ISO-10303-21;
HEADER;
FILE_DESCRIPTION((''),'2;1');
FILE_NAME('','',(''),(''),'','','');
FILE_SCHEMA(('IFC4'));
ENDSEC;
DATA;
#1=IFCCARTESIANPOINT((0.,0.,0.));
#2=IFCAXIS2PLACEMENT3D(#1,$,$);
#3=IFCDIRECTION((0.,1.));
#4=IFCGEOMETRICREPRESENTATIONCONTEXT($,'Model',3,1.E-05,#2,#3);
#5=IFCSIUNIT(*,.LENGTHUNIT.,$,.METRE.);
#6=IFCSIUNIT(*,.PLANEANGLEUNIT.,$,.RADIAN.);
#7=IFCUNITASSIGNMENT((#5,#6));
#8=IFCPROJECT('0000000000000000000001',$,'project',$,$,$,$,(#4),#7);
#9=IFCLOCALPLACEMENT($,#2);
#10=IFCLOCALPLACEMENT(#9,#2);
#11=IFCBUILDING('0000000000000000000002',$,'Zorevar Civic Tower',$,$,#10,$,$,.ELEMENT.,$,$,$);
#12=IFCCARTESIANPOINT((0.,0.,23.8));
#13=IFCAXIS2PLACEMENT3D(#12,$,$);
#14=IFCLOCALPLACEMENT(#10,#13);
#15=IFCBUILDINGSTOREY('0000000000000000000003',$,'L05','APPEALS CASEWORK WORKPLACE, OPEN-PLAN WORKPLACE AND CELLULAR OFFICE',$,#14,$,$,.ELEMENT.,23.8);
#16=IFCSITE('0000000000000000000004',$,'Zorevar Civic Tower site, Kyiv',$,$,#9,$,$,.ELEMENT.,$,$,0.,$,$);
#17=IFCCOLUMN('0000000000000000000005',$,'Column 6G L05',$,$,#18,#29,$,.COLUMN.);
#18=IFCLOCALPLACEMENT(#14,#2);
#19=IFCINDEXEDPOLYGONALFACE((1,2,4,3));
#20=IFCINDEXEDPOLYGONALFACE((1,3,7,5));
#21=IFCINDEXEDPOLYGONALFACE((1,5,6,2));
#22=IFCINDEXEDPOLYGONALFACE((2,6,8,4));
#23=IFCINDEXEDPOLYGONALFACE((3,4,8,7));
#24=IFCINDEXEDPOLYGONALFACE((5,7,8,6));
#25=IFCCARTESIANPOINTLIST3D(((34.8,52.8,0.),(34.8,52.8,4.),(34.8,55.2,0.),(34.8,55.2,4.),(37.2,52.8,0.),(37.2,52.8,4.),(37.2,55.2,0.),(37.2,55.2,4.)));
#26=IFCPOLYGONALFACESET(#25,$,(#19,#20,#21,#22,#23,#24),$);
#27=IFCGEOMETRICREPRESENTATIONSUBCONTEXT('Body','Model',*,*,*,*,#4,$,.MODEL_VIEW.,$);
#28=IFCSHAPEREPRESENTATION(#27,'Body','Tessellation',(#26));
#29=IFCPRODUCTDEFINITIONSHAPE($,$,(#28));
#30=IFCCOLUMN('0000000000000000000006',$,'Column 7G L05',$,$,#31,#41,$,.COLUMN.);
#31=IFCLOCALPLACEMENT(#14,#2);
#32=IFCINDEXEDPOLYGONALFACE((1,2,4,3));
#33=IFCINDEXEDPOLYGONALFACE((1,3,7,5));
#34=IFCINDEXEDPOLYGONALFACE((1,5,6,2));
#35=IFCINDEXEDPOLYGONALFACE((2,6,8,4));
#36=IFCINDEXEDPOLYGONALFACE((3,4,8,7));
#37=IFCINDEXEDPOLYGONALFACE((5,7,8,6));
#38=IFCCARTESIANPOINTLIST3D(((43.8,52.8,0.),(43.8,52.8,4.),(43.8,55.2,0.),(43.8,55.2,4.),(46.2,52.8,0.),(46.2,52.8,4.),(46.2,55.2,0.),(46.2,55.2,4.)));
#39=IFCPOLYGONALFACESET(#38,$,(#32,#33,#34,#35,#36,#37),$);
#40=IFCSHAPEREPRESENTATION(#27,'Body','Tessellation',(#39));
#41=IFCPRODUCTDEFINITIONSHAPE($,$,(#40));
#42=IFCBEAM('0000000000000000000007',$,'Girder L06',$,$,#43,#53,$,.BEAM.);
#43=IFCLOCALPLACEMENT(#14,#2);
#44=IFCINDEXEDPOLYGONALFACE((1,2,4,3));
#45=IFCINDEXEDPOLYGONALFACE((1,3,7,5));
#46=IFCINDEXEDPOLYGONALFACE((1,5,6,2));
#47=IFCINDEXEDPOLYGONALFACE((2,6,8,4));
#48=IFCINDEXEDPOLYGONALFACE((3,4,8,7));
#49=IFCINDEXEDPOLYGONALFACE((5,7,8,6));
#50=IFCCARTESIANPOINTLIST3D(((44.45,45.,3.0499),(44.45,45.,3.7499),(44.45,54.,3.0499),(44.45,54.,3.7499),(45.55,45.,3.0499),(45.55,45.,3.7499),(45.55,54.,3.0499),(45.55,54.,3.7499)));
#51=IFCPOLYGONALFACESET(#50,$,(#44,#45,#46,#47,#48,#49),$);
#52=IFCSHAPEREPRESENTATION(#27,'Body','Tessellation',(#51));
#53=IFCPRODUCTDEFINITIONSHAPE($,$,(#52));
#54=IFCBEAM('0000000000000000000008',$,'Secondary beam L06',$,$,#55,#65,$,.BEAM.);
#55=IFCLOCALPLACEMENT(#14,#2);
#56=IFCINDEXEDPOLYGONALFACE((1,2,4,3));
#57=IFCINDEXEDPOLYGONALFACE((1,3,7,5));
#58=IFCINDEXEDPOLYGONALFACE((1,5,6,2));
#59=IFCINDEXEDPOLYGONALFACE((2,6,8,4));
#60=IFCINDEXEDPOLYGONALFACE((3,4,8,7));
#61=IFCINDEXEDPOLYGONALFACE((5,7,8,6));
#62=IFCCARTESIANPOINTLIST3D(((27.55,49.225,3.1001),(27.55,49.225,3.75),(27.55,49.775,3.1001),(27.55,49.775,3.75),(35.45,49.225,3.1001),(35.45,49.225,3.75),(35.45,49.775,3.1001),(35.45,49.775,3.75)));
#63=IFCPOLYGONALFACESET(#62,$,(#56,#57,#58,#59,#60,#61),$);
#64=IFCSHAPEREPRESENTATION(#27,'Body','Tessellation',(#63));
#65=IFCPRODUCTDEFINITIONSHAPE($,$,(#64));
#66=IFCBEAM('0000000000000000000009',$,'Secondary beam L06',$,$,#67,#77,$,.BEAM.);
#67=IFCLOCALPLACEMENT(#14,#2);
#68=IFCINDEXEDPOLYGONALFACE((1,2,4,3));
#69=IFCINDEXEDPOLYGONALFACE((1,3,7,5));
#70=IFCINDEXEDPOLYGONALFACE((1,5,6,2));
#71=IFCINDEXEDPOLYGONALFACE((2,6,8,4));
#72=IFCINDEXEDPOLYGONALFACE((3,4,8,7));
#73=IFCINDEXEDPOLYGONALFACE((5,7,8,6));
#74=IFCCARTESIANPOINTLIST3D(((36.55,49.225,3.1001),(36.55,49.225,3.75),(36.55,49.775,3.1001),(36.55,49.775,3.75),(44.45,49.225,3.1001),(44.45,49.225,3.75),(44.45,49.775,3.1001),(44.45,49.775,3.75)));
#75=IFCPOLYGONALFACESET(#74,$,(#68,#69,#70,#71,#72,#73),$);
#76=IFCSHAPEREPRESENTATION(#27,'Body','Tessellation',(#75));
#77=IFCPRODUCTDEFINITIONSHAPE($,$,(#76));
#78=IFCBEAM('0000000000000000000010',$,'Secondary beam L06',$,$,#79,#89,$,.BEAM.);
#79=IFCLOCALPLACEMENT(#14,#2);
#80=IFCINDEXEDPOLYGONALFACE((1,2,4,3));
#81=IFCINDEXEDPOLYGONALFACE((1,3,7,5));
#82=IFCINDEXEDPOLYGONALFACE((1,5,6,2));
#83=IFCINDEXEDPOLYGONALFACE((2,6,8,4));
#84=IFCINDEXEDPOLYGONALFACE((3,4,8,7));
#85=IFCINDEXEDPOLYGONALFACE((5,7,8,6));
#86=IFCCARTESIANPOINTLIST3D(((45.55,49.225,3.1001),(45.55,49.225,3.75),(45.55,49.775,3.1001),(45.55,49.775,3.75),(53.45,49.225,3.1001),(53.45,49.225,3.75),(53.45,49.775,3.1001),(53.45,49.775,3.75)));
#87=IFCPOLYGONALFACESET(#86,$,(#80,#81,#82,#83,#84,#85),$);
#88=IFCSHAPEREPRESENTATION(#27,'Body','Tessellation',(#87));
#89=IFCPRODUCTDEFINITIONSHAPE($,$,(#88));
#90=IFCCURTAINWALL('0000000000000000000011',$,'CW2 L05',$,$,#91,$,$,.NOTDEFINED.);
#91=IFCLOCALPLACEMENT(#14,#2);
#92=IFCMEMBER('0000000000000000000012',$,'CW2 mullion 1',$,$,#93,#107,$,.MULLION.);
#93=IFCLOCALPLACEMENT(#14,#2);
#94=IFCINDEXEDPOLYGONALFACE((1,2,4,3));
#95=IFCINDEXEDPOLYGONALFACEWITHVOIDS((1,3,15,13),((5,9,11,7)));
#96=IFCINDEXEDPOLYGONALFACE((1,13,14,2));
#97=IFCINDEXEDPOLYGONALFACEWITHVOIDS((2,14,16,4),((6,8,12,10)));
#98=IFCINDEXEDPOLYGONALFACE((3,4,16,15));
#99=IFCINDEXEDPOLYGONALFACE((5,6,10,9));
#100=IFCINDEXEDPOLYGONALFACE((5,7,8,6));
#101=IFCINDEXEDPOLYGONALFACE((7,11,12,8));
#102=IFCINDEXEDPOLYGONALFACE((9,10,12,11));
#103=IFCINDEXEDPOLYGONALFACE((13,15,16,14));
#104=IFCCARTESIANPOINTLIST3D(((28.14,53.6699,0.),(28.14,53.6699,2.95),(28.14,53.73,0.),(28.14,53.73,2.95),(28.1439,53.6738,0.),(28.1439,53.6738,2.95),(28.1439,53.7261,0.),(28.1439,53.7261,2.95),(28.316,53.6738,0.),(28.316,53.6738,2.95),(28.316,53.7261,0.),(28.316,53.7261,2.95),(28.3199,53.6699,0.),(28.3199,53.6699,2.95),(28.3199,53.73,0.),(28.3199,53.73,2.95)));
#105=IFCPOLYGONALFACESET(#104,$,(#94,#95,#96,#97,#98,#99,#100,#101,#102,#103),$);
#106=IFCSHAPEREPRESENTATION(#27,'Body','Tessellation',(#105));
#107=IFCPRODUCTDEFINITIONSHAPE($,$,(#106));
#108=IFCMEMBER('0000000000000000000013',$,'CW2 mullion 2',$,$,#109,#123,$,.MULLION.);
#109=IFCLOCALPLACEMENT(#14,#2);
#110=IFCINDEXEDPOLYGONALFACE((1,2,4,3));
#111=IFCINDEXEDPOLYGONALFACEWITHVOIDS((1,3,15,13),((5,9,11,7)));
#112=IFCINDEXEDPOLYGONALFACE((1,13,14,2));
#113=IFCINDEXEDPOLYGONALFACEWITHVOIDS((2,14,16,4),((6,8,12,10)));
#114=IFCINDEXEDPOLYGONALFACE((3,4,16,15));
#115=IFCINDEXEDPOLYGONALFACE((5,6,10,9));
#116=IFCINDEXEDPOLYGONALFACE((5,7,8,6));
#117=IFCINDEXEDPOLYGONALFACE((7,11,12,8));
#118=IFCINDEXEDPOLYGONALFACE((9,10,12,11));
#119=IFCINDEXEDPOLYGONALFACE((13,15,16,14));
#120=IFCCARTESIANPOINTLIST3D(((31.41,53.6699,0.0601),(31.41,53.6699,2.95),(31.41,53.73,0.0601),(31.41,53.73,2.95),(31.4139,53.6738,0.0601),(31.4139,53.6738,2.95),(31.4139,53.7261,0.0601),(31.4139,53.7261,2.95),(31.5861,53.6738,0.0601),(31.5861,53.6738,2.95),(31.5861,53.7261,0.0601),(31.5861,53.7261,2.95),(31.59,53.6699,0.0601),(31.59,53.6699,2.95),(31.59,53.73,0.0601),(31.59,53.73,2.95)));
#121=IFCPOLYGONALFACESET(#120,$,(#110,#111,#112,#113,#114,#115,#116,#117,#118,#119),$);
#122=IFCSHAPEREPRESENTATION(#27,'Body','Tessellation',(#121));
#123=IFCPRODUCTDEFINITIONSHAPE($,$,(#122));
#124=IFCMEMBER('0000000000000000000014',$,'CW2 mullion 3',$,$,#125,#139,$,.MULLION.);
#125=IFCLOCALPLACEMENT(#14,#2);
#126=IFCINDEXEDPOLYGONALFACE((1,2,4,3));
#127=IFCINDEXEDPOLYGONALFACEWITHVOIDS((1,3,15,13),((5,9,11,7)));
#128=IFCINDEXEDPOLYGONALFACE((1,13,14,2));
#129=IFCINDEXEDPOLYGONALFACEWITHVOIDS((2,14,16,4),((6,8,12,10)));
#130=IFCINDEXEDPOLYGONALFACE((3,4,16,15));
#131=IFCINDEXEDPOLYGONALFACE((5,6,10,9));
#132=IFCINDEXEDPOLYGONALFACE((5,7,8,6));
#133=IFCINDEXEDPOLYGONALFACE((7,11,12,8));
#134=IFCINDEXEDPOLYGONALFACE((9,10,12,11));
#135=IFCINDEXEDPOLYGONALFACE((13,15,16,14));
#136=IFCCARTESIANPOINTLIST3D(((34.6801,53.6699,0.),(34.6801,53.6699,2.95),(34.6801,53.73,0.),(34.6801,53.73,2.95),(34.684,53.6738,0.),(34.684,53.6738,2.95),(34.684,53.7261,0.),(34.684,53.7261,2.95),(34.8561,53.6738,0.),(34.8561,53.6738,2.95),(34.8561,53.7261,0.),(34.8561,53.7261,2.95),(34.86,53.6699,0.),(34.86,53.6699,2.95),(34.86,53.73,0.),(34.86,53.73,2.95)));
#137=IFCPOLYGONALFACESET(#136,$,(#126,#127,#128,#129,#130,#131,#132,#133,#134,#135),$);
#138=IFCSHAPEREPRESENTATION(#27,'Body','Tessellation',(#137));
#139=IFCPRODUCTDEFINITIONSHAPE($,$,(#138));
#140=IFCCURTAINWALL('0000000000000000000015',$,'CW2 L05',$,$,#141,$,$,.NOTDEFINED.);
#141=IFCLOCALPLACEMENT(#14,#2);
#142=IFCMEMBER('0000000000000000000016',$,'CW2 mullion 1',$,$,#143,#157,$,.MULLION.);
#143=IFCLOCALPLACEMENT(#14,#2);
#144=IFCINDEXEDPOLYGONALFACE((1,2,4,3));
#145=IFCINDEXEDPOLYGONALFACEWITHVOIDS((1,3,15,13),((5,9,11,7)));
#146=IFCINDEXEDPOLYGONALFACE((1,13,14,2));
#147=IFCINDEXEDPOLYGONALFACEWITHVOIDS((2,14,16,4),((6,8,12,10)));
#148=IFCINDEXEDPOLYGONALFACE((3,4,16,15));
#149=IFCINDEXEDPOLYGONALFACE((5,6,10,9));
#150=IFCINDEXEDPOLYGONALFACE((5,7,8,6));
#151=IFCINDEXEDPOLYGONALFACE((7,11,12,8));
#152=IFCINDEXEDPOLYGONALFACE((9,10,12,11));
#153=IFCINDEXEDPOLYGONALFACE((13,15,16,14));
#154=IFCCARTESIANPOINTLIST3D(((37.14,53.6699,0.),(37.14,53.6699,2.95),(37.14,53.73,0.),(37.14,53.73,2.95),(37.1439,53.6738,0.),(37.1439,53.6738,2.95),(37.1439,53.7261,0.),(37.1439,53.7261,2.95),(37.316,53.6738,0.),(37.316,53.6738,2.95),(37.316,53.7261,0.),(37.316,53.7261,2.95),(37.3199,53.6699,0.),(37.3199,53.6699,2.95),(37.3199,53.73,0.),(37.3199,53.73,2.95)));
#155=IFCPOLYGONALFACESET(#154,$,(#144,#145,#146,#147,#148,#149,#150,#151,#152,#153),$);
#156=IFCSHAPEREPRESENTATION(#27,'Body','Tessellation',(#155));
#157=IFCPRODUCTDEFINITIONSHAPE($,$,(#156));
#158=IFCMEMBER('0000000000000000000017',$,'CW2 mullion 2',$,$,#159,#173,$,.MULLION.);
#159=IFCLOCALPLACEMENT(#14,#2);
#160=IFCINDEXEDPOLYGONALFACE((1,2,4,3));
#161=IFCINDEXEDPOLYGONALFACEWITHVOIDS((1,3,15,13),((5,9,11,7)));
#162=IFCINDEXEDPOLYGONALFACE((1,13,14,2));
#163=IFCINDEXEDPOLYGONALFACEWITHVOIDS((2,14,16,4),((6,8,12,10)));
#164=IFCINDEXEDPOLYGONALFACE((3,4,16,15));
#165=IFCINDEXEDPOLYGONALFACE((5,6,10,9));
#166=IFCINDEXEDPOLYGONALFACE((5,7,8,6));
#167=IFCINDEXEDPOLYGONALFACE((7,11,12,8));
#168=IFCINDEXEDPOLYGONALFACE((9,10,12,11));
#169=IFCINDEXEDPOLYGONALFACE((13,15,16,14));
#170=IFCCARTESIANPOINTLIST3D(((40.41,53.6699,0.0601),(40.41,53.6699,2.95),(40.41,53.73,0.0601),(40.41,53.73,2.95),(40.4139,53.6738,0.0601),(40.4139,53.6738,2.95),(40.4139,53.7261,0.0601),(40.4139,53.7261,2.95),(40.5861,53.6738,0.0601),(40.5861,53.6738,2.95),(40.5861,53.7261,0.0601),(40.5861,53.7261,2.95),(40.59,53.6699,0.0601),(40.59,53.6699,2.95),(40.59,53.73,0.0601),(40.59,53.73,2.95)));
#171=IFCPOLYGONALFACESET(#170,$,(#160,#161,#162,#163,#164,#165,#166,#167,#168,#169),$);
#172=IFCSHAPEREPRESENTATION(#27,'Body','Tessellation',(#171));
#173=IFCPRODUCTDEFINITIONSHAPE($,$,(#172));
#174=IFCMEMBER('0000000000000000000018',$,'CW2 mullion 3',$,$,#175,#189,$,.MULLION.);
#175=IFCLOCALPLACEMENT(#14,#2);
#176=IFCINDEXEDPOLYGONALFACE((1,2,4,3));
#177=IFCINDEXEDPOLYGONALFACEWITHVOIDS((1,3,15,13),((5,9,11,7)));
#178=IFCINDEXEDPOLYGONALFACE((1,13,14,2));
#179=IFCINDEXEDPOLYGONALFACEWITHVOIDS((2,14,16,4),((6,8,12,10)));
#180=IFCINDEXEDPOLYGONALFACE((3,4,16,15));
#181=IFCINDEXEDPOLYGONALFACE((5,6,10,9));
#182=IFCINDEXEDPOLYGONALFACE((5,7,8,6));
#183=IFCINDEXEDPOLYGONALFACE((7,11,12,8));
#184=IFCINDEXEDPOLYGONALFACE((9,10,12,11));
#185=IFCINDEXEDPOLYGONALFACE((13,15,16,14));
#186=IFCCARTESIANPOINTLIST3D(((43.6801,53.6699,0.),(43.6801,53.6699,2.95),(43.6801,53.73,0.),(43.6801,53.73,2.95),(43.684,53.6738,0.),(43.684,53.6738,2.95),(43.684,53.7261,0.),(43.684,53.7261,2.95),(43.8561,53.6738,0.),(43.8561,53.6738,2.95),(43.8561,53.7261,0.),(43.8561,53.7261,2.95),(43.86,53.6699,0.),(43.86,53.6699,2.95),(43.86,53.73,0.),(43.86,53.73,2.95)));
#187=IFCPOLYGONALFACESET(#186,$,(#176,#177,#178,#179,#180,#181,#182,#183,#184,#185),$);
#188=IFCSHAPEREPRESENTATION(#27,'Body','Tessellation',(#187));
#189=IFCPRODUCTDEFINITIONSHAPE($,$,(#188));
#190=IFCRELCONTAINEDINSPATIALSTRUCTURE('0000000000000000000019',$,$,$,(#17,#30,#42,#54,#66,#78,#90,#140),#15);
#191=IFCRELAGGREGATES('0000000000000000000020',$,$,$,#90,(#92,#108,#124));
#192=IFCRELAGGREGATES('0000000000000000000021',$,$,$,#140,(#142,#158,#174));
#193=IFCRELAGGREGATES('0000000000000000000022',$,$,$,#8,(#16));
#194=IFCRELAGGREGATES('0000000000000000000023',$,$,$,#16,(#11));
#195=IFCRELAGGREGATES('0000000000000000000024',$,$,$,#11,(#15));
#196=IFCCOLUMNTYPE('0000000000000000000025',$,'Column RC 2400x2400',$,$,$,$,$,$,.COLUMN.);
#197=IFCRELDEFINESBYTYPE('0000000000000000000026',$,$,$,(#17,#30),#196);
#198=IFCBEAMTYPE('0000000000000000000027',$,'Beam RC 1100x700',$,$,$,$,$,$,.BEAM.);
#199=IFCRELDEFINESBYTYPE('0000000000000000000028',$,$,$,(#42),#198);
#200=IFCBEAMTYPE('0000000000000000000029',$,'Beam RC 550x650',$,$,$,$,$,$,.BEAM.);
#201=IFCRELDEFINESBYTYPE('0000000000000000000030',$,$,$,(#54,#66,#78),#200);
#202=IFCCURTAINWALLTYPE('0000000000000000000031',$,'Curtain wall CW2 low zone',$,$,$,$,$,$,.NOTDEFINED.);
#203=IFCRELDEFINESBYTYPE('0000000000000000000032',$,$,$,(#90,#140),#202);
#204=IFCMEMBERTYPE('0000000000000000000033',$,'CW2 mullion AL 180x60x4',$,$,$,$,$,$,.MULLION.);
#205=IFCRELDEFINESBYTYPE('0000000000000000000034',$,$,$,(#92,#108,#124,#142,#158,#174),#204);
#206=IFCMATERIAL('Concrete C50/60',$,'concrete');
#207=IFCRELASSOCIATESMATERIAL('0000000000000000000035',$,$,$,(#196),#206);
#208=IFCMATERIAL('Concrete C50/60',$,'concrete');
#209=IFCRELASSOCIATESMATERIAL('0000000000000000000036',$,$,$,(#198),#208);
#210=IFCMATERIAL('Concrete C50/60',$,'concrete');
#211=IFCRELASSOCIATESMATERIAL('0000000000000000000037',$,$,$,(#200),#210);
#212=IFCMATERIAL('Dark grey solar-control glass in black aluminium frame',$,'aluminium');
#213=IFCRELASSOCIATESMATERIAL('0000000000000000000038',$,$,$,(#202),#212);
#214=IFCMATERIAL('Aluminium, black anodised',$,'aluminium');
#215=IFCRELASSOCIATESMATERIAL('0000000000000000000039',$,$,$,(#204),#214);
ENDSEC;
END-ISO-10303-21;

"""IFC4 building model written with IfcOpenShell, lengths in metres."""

from ifc_helpers import new_model, si_unit, direction, frame, origin, origin_2d, place, context, subcontext, project, spatial, rectangle, hollow_rectangle, extrude, material, material_profile, profile_set, type_object, element, aggregate, save


model = new_model("IFC4")

# Units and contexts
model_context = context("Model", 3, precision=1e-05, world=origin(), true_north=direction((0.0, 1.0)))
body_context = subcontext(model_context, "Body", "Model", "MODEL_VIEW")
ifc_project = project(units=[si_unit("LENGTHUNIT", "METRE"), si_unit("PLANEANGLEUNIT", "RADIAN")], contexts=[model_context])

# Site, building, storey
site_placement = place(None, origin())
site = spatial("IfcSite", under=ifc_project, at=site_placement, Name="Zorevar Civic Tower site, Kyiv", CompositionType="ELEMENT", RefElevation=0.0)
building_placement = place(site_placement, origin())
building = spatial("IfcBuilding", under=site, at=building_placement, Name="Zorevar Civic Tower", CompositionType="ELEMENT")
storey_placement = place(building_placement, frame((0.0, 0.0, 23.8)))
storey = spatial("IfcBuildingStorey", under=building, at=storey_placement, Name="L05", Description="APPEALS CASEWORK WORKPLACE, OPEN-PLAN WORKPLACE AND CELLULAR OFFICE", CompositionType="ELEMENT", Elevation=23.8)

# Columns
ifc_material_1 = material(Name="Concrete C50/60", Category="concrete")
ifc_material_profile_1 = material_profile(ifc_material_1, rectangle(XDim=2.3999, YDim=2.3999, at=origin_2d()), Name="RC 2400x2400")
ifc_profile_set_1 = profile_set([ifc_material_profile_1], Name="Concrete C50/60")
column_type = type_object("IfcColumnType", Name="Column RC 2400x2400", PredefinedType="COLUMN", material=ifc_profile_set_1)
for number, where, z_axis, x_axis, name in (
    (1, (36.0, 54.0, 0.0), (0.0, 0.0, 1.0), (1.0, 0.0, 0.0), "Column 6G L05"),
    (2, (45.0, 54.0, 0.0), (0.0, 0.0, 1.0), (1.0, 0.0, 0.0), "Column 7G L05"),
):
    element("IfcColumn", number, at=place(storey_placement, frame(where, z_axis=z_axis, x_axis=x_axis)), inside=storey, type_object=column_type, Name=name, PredefinedType="COLUMN", context=body_context, shape_type="SweptSolid", body=[
        extrude(rectangle(XDim=2.3999, YDim=2.3999, at=origin_2d()), origin(), (0.0, 0.0, 1.0), 4.0),
    ])

# Beams
ifc_material_2 = material(Name="Concrete C50/60", Category="concrete")
ifc_material_profile_2 = material_profile(ifc_material_2, rectangle(XDim=1.1001, YDim=0.7, at=origin_2d()), Name="RC 1100x700")
ifc_profile_set_2 = profile_set([ifc_material_profile_2], Name="Concrete C50/60")
beam_type_1 = type_object("IfcBeamType", Name="Beam RC 1100x700", PredefinedType="BEAM", material=ifc_profile_set_2)
beam_placement = place(storey_placement, frame((45.0, 45.0, 3.3999), z_axis=(0.0, 1.0, 0.0), x_axis=(-1.0, 0.0, 0.0)))
element("IfcBeam", 3, at=beam_placement, inside=storey, type_object=beam_type_1, Name="Girder L06", PredefinedType="BEAM", context=body_context, shape_type="SweptSolid", body=[
    extrude(rectangle(XDim=1.1001, YDim=0.7, at=origin_2d()), origin(), (0.0, 0.0, 1.0), 9.0),
])
ifc_material_3 = material(Name="Concrete C50/60", Category="concrete")
ifc_material_profile_3 = material_profile(ifc_material_3, rectangle(XDim=0.55, YDim=0.6499, at=origin_2d()), Name="RC 550x650")
ifc_profile_set_3 = profile_set([ifc_material_profile_3], Name="Concrete C50/60")
beam_type_2 = type_object("IfcBeamType", Name="Beam RC 550x650", PredefinedType="BEAM", material=ifc_profile_set_3)
for number, where, z_axis, x_axis, name in (
    (4, (27.55, 49.5, 3.425), (1.0, 0.0, 0.0), (0.0, 1.0, 0.0), "Secondary beam L06"),
    (5, (36.55, 49.5, 3.425), (1.0, 0.0, 0.0), (0.0, 1.0, 0.0), "Secondary beam L06"),
    (6, (45.55, 49.5, 3.425), (1.0, 0.0, 0.0), (0.0, 1.0, 0.0), "Secondary beam L06"),
):
    element("IfcBeam", number, at=place(storey_placement, frame(where, z_axis=z_axis, x_axis=x_axis)), inside=storey, type_object=beam_type_2, Name=name, PredefinedType="BEAM", context=body_context, shape_type="SweptSolid", body=[
        extrude(rectangle(XDim=0.55, YDim=0.6499, at=origin_2d()), origin(), (0.0, 0.0, 1.0), 7.8999),
    ])

# Curtain walls, members
ifc_material_4 = material(Name="Dark grey solar-control glass in black aluminium frame", Category="aluminium")
curtain_wall_type = type_object("IfcCurtainWallType", Name="Curtain wall CW2 low zone", PredefinedType="NOTDEFINED", material=ifc_material_4)
curtain_wall_1_placement = place(storey_placement, origin())
curtain_wall_1 = element("IfcCurtainWall", 7, at=curtain_wall_1_placement, inside=storey, type_object=curtain_wall_type, Name="CW2 L05", PredefinedType="NOTDEFINED")
ifc_material_5 = material(Name="Aluminium, black anodised", Category="aluminium")
ifc_material_profile_4 = material_profile(ifc_material_5, hollow_rectangle(XDim=0.0601, YDim=0.1799, WallThickness=0.0039, at=origin_2d()), Name="AL 180x60x4")
ifc_profile_set_4 = profile_set([ifc_material_profile_4], Name="Aluminium, black anodised")
member_type_1 = type_object("IfcMemberType", Name="CW2 mullion AL 180x60x4", PredefinedType="MULLION", material=ifc_profile_set_4)
member_1_placement = place(storey_placement, frame((28.23, 53.7, 0.0), z_axis=(0.0, 0.0, 1.0), x_axis=(0.0, 1.0, 0.0)))
member_1 = element("IfcMember", 8, at=member_1_placement, type_object=member_type_1, Name="CW2 mullion 1", PredefinedType="MULLION", context=body_context, shape_type="SweptSolid", body=[
    extrude(hollow_rectangle(XDim=0.0601, YDim=0.1799, WallThickness=0.0039, at=origin_2d()), origin(), (0.0, 0.0, 1.0), 2.95),
])
member_2_placement = place(storey_placement, frame((31.5, 53.7, 0.0601), z_axis=(0.0, 0.0, 1.0), x_axis=(0.0, 1.0, 0.0)))
member_2 = element("IfcMember", 9, at=member_2_placement, type_object=member_type_1, Name="CW2 mullion 2", PredefinedType="MULLION", context=body_context, shape_type="SweptSolid", body=[
    extrude(hollow_rectangle(XDim=0.0601, YDim=0.1799, WallThickness=0.0039, at=origin_2d()), origin(), (0.0, 0.0, 1.0), 2.8899),
])
member_3_placement = place(storey_placement, frame((34.77, 53.7, 0.0), z_axis=(0.0, 0.0, 1.0), x_axis=(0.0, 1.0, 0.0)))
member_3 = element("IfcMember", 10, at=member_3_placement, type_object=member_type_1, Name="CW2 mullion 3", PredefinedType="MULLION", context=body_context, shape_type="SweptSolid", body=[
    extrude(hollow_rectangle(XDim=0.0601, YDim=0.1799, WallThickness=0.0039, at=origin_2d()), origin(), (0.0, 0.0, 1.0), 2.95),
])
curtain_wall_2_placement = place(storey_placement, origin())
curtain_wall_2 = element("IfcCurtainWall", 11, at=curtain_wall_2_placement, inside=storey, type_object=curtain_wall_type, Name="CW2 L05", PredefinedType="NOTDEFINED")
member_4_placement = place(storey_placement, frame((37.23, 53.7, 0.0), z_axis=(0.0, 0.0, 1.0), x_axis=(0.0, 1.0, 0.0)))
member_4 = element("IfcMember", 12, at=member_4_placement, type_object=member_type_1, Name="CW2 mullion 1", PredefinedType="MULLION", context=body_context, shape_type="SweptSolid", body=[
    extrude(hollow_rectangle(XDim=0.0601, YDim=0.1799, WallThickness=0.0039, at=origin_2d()), origin(), (0.0, 0.0, 1.0), 2.95),
])
member_5_placement = place(storey_placement, frame((40.5, 53.7, 0.0601), z_axis=(0.0, 0.0, 1.0), x_axis=(0.0, 1.0, 0.0)))
member_5 = element("IfcMember", 13, at=member_5_placement, type_object=member_type_1, Name="CW2 mullion 2", PredefinedType="MULLION", context=body_context, shape_type="SweptSolid", body=[
    extrude(hollow_rectangle(XDim=0.0601, YDim=0.1799, WallThickness=0.0039, at=origin_2d()), origin(), (0.0, 0.0, 1.0), 2.8899),
])
member_6_placement = place(storey_placement, frame((43.77, 53.7, 0.0), z_axis=(0.0, 0.0, 1.0), x_axis=(0.0, 1.0, 0.0)))
member_6 = element("IfcMember", 14, at=member_6_placement, type_object=member_type_1, Name="CW2 mullion 3", PredefinedType="MULLION", context=body_context, shape_type="SweptSolid", body=[
    extrude(hollow_rectangle(XDim=0.0601, YDim=0.1799, WallThickness=0.0039, at=origin_2d()), origin(), (0.0, 0.0, 1.0), 2.95),
])

aggregate(curtain_wall_1, [member_1, member_2, member_3])
aggregate(curtain_wall_2, [member_4, member_5, member_6])

save(model, "model.ifc")
